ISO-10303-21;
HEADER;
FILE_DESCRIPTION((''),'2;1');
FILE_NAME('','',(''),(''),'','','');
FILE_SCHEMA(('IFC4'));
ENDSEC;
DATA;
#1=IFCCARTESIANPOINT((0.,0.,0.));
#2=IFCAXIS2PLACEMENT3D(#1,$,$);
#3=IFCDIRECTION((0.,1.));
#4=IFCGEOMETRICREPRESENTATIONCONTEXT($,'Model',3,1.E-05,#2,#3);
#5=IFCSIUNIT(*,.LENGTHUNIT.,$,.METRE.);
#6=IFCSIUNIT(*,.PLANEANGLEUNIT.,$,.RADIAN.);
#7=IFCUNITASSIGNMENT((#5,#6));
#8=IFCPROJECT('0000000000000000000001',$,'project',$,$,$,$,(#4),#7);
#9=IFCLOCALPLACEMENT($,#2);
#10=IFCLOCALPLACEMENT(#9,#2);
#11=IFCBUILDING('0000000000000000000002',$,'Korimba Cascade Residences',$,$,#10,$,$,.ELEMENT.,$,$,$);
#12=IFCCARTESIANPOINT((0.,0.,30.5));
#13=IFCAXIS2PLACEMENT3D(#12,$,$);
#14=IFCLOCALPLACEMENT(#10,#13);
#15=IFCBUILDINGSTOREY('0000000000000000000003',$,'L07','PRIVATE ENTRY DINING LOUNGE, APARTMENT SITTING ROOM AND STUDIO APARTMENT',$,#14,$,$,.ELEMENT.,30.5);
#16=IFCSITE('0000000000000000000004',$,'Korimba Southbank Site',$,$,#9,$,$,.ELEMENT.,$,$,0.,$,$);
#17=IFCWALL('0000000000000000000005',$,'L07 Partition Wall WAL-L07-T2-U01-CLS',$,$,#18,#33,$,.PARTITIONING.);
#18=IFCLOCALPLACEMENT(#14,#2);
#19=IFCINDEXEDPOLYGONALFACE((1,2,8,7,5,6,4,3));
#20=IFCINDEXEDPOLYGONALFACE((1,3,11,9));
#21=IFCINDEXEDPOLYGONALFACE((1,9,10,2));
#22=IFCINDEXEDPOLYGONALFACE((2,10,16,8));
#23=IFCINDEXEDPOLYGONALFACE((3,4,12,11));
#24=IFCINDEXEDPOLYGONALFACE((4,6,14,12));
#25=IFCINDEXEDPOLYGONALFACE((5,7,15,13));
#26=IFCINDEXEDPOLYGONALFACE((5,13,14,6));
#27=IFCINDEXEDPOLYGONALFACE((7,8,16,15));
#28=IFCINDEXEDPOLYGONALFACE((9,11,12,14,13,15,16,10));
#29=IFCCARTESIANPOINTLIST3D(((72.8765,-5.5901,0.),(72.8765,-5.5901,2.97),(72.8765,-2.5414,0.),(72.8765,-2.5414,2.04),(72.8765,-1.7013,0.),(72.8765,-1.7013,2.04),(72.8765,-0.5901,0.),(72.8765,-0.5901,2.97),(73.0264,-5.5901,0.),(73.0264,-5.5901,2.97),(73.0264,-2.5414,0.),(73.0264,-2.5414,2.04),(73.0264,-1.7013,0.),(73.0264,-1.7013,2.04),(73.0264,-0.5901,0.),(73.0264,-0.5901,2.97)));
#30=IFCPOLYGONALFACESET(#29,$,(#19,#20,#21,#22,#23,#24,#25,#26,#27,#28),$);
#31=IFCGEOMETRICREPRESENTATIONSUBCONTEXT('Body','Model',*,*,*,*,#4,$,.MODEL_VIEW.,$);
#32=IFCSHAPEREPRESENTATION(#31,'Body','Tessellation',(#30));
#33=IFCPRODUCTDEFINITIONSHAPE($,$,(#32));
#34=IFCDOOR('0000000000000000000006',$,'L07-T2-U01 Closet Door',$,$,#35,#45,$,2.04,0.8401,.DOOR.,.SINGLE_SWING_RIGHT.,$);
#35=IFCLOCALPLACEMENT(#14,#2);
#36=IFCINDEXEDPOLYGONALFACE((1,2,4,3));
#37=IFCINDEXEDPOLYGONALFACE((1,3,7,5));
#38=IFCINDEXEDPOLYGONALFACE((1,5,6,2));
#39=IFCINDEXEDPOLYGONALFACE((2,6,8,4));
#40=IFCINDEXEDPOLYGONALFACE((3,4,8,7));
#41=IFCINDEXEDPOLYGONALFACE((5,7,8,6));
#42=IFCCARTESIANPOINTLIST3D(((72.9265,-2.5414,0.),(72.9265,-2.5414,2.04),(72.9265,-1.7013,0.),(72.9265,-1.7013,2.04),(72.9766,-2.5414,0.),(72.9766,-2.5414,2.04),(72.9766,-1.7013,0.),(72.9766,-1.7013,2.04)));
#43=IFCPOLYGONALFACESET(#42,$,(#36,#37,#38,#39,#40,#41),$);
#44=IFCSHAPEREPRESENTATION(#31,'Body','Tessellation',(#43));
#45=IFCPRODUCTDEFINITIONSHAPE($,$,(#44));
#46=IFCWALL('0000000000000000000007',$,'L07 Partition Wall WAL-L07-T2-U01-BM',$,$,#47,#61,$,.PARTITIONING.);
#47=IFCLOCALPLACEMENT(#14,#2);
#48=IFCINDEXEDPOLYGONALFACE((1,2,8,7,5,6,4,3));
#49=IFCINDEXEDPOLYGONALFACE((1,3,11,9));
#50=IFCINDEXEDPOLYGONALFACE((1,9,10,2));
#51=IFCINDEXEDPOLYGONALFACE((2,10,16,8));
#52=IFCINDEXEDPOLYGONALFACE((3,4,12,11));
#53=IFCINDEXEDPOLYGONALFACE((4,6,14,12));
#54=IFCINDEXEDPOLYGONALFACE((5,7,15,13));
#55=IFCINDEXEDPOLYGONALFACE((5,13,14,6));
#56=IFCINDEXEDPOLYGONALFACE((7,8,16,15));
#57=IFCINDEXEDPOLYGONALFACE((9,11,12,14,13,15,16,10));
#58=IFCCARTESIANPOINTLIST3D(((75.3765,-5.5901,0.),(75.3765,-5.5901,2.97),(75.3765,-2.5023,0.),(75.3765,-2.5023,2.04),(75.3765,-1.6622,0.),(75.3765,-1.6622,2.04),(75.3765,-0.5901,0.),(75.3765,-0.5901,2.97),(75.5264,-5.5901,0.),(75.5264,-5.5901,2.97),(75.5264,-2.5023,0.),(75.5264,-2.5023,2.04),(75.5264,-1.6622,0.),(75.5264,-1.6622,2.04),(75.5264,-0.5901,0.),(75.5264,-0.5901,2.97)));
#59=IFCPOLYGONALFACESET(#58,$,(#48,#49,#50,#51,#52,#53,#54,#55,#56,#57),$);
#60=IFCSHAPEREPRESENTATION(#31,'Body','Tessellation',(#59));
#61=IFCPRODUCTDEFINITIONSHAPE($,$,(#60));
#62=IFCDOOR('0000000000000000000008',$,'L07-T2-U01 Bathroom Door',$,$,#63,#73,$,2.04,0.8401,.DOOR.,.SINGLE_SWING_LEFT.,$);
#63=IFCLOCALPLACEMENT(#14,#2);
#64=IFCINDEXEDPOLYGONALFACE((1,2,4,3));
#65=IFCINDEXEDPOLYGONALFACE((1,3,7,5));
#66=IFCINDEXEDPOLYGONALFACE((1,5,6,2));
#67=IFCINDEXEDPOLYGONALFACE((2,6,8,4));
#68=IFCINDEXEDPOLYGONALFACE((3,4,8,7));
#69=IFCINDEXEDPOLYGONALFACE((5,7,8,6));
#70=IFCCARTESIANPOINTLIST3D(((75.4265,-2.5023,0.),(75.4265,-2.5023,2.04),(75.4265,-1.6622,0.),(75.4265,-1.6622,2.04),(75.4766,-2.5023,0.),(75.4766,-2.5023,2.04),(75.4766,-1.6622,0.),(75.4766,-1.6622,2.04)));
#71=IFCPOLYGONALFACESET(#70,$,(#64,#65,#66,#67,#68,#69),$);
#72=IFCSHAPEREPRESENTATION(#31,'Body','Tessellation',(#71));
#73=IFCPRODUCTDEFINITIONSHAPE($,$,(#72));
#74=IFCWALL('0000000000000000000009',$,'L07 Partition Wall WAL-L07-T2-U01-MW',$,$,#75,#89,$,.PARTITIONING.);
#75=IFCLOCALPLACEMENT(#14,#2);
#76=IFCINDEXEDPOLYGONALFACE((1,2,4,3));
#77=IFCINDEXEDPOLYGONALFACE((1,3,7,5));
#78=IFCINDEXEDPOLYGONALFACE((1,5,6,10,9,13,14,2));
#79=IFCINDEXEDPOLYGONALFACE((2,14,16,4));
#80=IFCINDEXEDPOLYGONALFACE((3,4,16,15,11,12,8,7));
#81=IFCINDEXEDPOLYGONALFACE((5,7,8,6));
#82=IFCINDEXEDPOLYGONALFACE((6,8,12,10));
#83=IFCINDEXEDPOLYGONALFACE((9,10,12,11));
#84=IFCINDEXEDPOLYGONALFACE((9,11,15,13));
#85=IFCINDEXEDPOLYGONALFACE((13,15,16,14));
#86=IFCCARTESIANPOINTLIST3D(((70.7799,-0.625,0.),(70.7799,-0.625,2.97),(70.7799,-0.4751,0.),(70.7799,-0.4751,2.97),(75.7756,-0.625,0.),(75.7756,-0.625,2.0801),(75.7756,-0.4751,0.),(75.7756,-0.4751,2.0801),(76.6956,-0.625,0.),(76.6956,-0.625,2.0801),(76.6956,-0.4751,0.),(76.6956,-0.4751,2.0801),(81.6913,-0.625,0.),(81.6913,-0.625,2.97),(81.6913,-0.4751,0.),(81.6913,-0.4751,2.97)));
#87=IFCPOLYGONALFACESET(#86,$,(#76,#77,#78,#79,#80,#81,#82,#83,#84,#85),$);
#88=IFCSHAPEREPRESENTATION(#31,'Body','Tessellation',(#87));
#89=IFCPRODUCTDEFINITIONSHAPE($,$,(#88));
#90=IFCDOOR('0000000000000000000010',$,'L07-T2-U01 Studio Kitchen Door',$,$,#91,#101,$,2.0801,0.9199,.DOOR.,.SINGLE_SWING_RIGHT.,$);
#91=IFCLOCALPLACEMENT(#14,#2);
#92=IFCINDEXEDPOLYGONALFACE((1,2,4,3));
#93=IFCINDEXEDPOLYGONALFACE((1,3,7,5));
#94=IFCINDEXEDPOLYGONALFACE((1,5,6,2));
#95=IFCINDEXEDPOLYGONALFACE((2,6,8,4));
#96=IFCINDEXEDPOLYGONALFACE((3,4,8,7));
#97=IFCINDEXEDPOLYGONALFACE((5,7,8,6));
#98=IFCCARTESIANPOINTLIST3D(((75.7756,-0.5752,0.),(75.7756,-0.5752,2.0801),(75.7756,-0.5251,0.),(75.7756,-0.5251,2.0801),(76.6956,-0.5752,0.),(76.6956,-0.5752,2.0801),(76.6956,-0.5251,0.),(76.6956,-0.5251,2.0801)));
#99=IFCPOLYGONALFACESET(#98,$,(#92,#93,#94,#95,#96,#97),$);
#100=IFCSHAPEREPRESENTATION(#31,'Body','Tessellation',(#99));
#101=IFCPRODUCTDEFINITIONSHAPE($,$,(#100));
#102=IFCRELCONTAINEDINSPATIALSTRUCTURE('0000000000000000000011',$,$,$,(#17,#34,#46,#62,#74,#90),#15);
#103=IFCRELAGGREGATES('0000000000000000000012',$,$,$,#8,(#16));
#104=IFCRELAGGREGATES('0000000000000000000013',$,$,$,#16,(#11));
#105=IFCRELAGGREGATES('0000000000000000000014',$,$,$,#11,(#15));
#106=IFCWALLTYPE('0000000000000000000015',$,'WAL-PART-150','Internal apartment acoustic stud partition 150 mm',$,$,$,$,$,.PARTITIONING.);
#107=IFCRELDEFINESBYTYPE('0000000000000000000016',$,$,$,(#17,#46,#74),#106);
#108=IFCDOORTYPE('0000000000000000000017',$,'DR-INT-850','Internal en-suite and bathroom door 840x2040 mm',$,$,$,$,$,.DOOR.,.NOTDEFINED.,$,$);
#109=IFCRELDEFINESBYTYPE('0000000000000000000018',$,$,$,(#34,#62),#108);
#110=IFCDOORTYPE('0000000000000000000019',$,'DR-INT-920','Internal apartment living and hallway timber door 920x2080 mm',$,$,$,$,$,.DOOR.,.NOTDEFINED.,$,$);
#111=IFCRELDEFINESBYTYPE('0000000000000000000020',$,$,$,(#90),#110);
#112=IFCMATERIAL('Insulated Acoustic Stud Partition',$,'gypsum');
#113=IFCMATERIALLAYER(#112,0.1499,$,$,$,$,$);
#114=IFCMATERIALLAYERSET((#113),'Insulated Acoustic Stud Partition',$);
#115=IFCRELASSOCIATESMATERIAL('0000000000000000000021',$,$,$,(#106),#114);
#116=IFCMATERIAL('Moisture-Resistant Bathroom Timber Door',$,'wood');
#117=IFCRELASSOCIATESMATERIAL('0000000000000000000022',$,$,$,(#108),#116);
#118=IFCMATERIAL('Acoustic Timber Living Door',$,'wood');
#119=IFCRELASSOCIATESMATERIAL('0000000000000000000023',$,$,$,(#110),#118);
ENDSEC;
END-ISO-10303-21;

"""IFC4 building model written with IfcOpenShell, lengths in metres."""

from ifc_helpers import new_model, si_unit, direction, frame, frame_2d, origin, place, context, subcontext, project, spatial, rectangle, extrude, material, layer, layer_set, type_object, element, fill, save


model = new_model("IFC4")

# Units and contexts
model_context = context("Model", 3, precision=1e-05, world=origin(), true_north=direction((0.0, 1.0)))
body_context = subcontext(model_context, "Body", "Model", "MODEL_VIEW")
ifc_project = project(units=[si_unit("LENGTHUNIT", "METRE"), si_unit("PLANEANGLEUNIT", "RADIAN")], contexts=[model_context])

# Site, building, storey
site_placement = place(None, origin())
site = spatial("IfcSite", under=ifc_project, at=site_placement, Name="Korimba Southbank Site", CompositionType="ELEMENT", RefElevation=0.0)
building_placement = place(site_placement, origin())
building = spatial("IfcBuilding", under=site, at=building_placement, Name="Korimba Cascade Residences", CompositionType="ELEMENT")
storey_placement = place(building_placement, frame((0.0, 0.0, 30.5)))
storey = spatial("IfcBuildingStorey", under=building, at=storey_placement, Name="L07", Description="PRIVATE ENTRY DINING LOUNGE, APARTMENT SITTING ROOM AND STUDIO APARTMENT", CompositionType="ELEMENT", Elevation=30.5)

# Walls, openings, doors
ifc_material_1 = material(Name="Insulated Acoustic Stud Partition", Category="gypsum")
ifc_layer_1 = layer(ifc_material_1, 0.1499)
ifc_layer_set_1 = layer_set([ifc_layer_1], Name="Insulated Acoustic Stud Partition")
wall_type_1 = type_object("IfcWallType", Name="WAL-PART-150", Description="Internal apartment acoustic stud partition 150 mm", PredefinedType="PARTITIONING", material=ifc_layer_set_1)
wall_1_placement = place(storey_placement, frame((72.9514, -5.5901, 0.0), z_axis=(0.0, 0.0, 1.0), x_axis=(0.0, 1.0, 0.0)))
wall_1 = element("IfcWall", 1, at=wall_1_placement, inside=storey, type_object=wall_type_1, Name="L07 Partition Wall WAL-L07-T2-U01-CLS", PredefinedType="PARTITIONING", context=body_context, shape_type="SweptSolid", body=[
    extrude(rectangle(XDim=5.0, YDim=0.1499, at=frame_2d((2.5, 0.0))), origin(), (0.0, 0.0, 1.0), 2.97),
])
opening_1_placement = place(wall_1_placement, frame((3.0488, 0.0, 0.0)))
opening_1 = element("IfcOpeningElement", 2, at=opening_1_placement, cuts=wall_1, PredefinedType="OPENING", context=body_context, shape_type="SweptSolid", body=[
    extrude(rectangle(XDim=0.8401, YDim=2.04, at=frame_2d((0.4199, 1.02))), frame((0.0, 0.085, 0.0), z_axis=(0.0, -1.0, 0.0), x_axis=(1.0, 0.0, 0.0)), (0.0, 0.0, 1.0), 0.1699),
])
ifc_material_2 = material(Name="Moisture-Resistant Bathroom Timber Door", Category="wood")
door_type_1 = type_object("IfcDoorType", Name="DR-INT-850", Description="Internal en-suite and bathroom door 840x2040 mm", OperationType="NOTDEFINED", PredefinedType="DOOR", material=ifc_material_2)
door_1_placement = place(opening_1_placement, origin())
door_1 = element("IfcDoor", 3, at=door_1_placement, inside=storey, type_object=door_type_1, Name="L07-T2-U01 Closet Door", OperationType="SINGLE_SWING_RIGHT", OverallHeight=2.04, OverallWidth=0.8401, PredefinedType="DOOR", context=body_context, shape_type="SweptSolid", body=[
    extrude(rectangle(XDim=0.8401, YDim=2.04, at=frame_2d((0.4199, 1.02))), frame((0.0, 0.0249, 0.0), z_axis=(0.0, -1.0, 0.0), x_axis=(1.0, 0.0, 0.0)), (0.0, 0.0, 1.0), 0.05),
])
fill(opening_1, door_1)
wall_2_placement = place(storey_placement, frame((75.4514, -5.5901, 0.0), z_axis=(0.0, 0.0, 1.0), x_axis=(0.0, 1.0, 0.0)))
wall_2 = element("IfcWall", 4, at=wall_2_placement, inside=storey, type_object=wall_type_1, Name="L07 Partition Wall WAL-L07-T2-U01-BM", PredefinedType="PARTITIONING", context=body_context, shape_type="SweptSolid", body=[
    extrude(rectangle(XDim=5.0, YDim=0.1499, at=frame_2d((2.5, 0.0))), origin(), (0.0, 0.0, 1.0), 2.97),
])
opening_2_placement = place(wall_2_placement, frame((3.0879, 0.0, 0.0)))
opening_2 = element("IfcOpeningElement", 5, at=opening_2_placement, cuts=wall_2, PredefinedType="OPENING", context=body_context, shape_type="SweptSolid", body=[
    extrude(rectangle(XDim=0.8401, YDim=2.04, at=frame_2d((0.4199, 1.02))), frame((0.0, 0.085, 0.0), z_axis=(0.0, -1.0, 0.0), x_axis=(1.0, 0.0, 0.0)), (0.0, 0.0, 1.0), 0.1699),
])
door_2_placement = place(opening_2_placement, origin())
door_2 = element("IfcDoor", 6, at=door_2_placement, inside=storey, type_object=door_type_1, Name="L07-T2-U01 Bathroom Door", OperationType="SINGLE_SWING_LEFT", OverallHeight=2.04, OverallWidth=0.8401, PredefinedType="DOOR", context=body_context, shape_type="SweptSolid", body=[
    extrude(rectangle(XDim=0.8401, YDim=2.04, at=frame_2d((0.4199, 1.02))), frame((0.0, 0.0249, 0.0), z_axis=(0.0, -1.0, 0.0), x_axis=(1.0, 0.0, 0.0)), (0.0, 0.0, 1.0), 0.05),
])
fill(opening_2, door_2)
wall_3_placement = place(storey_placement, frame((70.78, -0.55, 0.0), z_axis=(0.0, 0.0, 1.0), x_axis=(1.0, 0.0, 0.0)))
wall_3 = element("IfcWall", 7, at=wall_3_placement, inside=storey, type_object=wall_type_1, Name="L07 Partition Wall WAL-L07-T2-U01-MW", PredefinedType="PARTITIONING", context=body_context, shape_type="SweptSolid", body=[
    extrude(rectangle(XDim=10.9114, YDim=0.1499, at=frame_2d((5.4556, 0.0))), origin(), (0.0, 0.0, 1.0), 2.97),
])
opening_3_placement = place(wall_3_placement, frame((4.9956, 0.0, 0.0)))
opening_3 = element("IfcOpeningElement", 8, at=opening_3_placement, cuts=wall_3, PredefinedType="OPENING", context=body_context, shape_type="SweptSolid", body=[
    extrude(rectangle(XDim=0.9199, YDim=2.0801, at=frame_2d((0.46, 1.04))), frame((0.0, 0.085, 0.0), z_axis=(0.0, -1.0, 0.0), x_axis=(1.0, 0.0, 0.0)), (0.0, 0.0, 1.0), 0.1699),
])
ifc_material_3 = material(Name="Acoustic Timber Living Door", Category="wood")
door_type_2 = type_object("IfcDoorType", Name="DR-INT-920", Description="Internal apartment living and hallway timber door 920x2080 mm", OperationType="NOTDEFINED", PredefinedType="DOOR", material=ifc_material_3)
door_3_placement = place(opening_3_placement, origin())
door_3 = element("IfcDoor", 9, at=door_3_placement, inside=storey, type_object=door_type_2, Name="L07-T2-U01 Studio Kitchen Door", OperationType="SINGLE_SWING_RIGHT", OverallHeight=2.0801, OverallWidth=0.9199, PredefinedType="DOOR", context=body_context, shape_type="SweptSolid", body=[
    extrude(rectangle(XDim=0.9199, YDim=2.0801, at=frame_2d((0.46, 1.04))), frame((0.0, 0.0249, 0.0), z_axis=(0.0, -1.0, 0.0), x_axis=(1.0, 0.0, 0.0)), (0.0, 0.0, 1.0), 0.05),
])
fill(opening_3, door_3)

save(model, "model.ifc")
